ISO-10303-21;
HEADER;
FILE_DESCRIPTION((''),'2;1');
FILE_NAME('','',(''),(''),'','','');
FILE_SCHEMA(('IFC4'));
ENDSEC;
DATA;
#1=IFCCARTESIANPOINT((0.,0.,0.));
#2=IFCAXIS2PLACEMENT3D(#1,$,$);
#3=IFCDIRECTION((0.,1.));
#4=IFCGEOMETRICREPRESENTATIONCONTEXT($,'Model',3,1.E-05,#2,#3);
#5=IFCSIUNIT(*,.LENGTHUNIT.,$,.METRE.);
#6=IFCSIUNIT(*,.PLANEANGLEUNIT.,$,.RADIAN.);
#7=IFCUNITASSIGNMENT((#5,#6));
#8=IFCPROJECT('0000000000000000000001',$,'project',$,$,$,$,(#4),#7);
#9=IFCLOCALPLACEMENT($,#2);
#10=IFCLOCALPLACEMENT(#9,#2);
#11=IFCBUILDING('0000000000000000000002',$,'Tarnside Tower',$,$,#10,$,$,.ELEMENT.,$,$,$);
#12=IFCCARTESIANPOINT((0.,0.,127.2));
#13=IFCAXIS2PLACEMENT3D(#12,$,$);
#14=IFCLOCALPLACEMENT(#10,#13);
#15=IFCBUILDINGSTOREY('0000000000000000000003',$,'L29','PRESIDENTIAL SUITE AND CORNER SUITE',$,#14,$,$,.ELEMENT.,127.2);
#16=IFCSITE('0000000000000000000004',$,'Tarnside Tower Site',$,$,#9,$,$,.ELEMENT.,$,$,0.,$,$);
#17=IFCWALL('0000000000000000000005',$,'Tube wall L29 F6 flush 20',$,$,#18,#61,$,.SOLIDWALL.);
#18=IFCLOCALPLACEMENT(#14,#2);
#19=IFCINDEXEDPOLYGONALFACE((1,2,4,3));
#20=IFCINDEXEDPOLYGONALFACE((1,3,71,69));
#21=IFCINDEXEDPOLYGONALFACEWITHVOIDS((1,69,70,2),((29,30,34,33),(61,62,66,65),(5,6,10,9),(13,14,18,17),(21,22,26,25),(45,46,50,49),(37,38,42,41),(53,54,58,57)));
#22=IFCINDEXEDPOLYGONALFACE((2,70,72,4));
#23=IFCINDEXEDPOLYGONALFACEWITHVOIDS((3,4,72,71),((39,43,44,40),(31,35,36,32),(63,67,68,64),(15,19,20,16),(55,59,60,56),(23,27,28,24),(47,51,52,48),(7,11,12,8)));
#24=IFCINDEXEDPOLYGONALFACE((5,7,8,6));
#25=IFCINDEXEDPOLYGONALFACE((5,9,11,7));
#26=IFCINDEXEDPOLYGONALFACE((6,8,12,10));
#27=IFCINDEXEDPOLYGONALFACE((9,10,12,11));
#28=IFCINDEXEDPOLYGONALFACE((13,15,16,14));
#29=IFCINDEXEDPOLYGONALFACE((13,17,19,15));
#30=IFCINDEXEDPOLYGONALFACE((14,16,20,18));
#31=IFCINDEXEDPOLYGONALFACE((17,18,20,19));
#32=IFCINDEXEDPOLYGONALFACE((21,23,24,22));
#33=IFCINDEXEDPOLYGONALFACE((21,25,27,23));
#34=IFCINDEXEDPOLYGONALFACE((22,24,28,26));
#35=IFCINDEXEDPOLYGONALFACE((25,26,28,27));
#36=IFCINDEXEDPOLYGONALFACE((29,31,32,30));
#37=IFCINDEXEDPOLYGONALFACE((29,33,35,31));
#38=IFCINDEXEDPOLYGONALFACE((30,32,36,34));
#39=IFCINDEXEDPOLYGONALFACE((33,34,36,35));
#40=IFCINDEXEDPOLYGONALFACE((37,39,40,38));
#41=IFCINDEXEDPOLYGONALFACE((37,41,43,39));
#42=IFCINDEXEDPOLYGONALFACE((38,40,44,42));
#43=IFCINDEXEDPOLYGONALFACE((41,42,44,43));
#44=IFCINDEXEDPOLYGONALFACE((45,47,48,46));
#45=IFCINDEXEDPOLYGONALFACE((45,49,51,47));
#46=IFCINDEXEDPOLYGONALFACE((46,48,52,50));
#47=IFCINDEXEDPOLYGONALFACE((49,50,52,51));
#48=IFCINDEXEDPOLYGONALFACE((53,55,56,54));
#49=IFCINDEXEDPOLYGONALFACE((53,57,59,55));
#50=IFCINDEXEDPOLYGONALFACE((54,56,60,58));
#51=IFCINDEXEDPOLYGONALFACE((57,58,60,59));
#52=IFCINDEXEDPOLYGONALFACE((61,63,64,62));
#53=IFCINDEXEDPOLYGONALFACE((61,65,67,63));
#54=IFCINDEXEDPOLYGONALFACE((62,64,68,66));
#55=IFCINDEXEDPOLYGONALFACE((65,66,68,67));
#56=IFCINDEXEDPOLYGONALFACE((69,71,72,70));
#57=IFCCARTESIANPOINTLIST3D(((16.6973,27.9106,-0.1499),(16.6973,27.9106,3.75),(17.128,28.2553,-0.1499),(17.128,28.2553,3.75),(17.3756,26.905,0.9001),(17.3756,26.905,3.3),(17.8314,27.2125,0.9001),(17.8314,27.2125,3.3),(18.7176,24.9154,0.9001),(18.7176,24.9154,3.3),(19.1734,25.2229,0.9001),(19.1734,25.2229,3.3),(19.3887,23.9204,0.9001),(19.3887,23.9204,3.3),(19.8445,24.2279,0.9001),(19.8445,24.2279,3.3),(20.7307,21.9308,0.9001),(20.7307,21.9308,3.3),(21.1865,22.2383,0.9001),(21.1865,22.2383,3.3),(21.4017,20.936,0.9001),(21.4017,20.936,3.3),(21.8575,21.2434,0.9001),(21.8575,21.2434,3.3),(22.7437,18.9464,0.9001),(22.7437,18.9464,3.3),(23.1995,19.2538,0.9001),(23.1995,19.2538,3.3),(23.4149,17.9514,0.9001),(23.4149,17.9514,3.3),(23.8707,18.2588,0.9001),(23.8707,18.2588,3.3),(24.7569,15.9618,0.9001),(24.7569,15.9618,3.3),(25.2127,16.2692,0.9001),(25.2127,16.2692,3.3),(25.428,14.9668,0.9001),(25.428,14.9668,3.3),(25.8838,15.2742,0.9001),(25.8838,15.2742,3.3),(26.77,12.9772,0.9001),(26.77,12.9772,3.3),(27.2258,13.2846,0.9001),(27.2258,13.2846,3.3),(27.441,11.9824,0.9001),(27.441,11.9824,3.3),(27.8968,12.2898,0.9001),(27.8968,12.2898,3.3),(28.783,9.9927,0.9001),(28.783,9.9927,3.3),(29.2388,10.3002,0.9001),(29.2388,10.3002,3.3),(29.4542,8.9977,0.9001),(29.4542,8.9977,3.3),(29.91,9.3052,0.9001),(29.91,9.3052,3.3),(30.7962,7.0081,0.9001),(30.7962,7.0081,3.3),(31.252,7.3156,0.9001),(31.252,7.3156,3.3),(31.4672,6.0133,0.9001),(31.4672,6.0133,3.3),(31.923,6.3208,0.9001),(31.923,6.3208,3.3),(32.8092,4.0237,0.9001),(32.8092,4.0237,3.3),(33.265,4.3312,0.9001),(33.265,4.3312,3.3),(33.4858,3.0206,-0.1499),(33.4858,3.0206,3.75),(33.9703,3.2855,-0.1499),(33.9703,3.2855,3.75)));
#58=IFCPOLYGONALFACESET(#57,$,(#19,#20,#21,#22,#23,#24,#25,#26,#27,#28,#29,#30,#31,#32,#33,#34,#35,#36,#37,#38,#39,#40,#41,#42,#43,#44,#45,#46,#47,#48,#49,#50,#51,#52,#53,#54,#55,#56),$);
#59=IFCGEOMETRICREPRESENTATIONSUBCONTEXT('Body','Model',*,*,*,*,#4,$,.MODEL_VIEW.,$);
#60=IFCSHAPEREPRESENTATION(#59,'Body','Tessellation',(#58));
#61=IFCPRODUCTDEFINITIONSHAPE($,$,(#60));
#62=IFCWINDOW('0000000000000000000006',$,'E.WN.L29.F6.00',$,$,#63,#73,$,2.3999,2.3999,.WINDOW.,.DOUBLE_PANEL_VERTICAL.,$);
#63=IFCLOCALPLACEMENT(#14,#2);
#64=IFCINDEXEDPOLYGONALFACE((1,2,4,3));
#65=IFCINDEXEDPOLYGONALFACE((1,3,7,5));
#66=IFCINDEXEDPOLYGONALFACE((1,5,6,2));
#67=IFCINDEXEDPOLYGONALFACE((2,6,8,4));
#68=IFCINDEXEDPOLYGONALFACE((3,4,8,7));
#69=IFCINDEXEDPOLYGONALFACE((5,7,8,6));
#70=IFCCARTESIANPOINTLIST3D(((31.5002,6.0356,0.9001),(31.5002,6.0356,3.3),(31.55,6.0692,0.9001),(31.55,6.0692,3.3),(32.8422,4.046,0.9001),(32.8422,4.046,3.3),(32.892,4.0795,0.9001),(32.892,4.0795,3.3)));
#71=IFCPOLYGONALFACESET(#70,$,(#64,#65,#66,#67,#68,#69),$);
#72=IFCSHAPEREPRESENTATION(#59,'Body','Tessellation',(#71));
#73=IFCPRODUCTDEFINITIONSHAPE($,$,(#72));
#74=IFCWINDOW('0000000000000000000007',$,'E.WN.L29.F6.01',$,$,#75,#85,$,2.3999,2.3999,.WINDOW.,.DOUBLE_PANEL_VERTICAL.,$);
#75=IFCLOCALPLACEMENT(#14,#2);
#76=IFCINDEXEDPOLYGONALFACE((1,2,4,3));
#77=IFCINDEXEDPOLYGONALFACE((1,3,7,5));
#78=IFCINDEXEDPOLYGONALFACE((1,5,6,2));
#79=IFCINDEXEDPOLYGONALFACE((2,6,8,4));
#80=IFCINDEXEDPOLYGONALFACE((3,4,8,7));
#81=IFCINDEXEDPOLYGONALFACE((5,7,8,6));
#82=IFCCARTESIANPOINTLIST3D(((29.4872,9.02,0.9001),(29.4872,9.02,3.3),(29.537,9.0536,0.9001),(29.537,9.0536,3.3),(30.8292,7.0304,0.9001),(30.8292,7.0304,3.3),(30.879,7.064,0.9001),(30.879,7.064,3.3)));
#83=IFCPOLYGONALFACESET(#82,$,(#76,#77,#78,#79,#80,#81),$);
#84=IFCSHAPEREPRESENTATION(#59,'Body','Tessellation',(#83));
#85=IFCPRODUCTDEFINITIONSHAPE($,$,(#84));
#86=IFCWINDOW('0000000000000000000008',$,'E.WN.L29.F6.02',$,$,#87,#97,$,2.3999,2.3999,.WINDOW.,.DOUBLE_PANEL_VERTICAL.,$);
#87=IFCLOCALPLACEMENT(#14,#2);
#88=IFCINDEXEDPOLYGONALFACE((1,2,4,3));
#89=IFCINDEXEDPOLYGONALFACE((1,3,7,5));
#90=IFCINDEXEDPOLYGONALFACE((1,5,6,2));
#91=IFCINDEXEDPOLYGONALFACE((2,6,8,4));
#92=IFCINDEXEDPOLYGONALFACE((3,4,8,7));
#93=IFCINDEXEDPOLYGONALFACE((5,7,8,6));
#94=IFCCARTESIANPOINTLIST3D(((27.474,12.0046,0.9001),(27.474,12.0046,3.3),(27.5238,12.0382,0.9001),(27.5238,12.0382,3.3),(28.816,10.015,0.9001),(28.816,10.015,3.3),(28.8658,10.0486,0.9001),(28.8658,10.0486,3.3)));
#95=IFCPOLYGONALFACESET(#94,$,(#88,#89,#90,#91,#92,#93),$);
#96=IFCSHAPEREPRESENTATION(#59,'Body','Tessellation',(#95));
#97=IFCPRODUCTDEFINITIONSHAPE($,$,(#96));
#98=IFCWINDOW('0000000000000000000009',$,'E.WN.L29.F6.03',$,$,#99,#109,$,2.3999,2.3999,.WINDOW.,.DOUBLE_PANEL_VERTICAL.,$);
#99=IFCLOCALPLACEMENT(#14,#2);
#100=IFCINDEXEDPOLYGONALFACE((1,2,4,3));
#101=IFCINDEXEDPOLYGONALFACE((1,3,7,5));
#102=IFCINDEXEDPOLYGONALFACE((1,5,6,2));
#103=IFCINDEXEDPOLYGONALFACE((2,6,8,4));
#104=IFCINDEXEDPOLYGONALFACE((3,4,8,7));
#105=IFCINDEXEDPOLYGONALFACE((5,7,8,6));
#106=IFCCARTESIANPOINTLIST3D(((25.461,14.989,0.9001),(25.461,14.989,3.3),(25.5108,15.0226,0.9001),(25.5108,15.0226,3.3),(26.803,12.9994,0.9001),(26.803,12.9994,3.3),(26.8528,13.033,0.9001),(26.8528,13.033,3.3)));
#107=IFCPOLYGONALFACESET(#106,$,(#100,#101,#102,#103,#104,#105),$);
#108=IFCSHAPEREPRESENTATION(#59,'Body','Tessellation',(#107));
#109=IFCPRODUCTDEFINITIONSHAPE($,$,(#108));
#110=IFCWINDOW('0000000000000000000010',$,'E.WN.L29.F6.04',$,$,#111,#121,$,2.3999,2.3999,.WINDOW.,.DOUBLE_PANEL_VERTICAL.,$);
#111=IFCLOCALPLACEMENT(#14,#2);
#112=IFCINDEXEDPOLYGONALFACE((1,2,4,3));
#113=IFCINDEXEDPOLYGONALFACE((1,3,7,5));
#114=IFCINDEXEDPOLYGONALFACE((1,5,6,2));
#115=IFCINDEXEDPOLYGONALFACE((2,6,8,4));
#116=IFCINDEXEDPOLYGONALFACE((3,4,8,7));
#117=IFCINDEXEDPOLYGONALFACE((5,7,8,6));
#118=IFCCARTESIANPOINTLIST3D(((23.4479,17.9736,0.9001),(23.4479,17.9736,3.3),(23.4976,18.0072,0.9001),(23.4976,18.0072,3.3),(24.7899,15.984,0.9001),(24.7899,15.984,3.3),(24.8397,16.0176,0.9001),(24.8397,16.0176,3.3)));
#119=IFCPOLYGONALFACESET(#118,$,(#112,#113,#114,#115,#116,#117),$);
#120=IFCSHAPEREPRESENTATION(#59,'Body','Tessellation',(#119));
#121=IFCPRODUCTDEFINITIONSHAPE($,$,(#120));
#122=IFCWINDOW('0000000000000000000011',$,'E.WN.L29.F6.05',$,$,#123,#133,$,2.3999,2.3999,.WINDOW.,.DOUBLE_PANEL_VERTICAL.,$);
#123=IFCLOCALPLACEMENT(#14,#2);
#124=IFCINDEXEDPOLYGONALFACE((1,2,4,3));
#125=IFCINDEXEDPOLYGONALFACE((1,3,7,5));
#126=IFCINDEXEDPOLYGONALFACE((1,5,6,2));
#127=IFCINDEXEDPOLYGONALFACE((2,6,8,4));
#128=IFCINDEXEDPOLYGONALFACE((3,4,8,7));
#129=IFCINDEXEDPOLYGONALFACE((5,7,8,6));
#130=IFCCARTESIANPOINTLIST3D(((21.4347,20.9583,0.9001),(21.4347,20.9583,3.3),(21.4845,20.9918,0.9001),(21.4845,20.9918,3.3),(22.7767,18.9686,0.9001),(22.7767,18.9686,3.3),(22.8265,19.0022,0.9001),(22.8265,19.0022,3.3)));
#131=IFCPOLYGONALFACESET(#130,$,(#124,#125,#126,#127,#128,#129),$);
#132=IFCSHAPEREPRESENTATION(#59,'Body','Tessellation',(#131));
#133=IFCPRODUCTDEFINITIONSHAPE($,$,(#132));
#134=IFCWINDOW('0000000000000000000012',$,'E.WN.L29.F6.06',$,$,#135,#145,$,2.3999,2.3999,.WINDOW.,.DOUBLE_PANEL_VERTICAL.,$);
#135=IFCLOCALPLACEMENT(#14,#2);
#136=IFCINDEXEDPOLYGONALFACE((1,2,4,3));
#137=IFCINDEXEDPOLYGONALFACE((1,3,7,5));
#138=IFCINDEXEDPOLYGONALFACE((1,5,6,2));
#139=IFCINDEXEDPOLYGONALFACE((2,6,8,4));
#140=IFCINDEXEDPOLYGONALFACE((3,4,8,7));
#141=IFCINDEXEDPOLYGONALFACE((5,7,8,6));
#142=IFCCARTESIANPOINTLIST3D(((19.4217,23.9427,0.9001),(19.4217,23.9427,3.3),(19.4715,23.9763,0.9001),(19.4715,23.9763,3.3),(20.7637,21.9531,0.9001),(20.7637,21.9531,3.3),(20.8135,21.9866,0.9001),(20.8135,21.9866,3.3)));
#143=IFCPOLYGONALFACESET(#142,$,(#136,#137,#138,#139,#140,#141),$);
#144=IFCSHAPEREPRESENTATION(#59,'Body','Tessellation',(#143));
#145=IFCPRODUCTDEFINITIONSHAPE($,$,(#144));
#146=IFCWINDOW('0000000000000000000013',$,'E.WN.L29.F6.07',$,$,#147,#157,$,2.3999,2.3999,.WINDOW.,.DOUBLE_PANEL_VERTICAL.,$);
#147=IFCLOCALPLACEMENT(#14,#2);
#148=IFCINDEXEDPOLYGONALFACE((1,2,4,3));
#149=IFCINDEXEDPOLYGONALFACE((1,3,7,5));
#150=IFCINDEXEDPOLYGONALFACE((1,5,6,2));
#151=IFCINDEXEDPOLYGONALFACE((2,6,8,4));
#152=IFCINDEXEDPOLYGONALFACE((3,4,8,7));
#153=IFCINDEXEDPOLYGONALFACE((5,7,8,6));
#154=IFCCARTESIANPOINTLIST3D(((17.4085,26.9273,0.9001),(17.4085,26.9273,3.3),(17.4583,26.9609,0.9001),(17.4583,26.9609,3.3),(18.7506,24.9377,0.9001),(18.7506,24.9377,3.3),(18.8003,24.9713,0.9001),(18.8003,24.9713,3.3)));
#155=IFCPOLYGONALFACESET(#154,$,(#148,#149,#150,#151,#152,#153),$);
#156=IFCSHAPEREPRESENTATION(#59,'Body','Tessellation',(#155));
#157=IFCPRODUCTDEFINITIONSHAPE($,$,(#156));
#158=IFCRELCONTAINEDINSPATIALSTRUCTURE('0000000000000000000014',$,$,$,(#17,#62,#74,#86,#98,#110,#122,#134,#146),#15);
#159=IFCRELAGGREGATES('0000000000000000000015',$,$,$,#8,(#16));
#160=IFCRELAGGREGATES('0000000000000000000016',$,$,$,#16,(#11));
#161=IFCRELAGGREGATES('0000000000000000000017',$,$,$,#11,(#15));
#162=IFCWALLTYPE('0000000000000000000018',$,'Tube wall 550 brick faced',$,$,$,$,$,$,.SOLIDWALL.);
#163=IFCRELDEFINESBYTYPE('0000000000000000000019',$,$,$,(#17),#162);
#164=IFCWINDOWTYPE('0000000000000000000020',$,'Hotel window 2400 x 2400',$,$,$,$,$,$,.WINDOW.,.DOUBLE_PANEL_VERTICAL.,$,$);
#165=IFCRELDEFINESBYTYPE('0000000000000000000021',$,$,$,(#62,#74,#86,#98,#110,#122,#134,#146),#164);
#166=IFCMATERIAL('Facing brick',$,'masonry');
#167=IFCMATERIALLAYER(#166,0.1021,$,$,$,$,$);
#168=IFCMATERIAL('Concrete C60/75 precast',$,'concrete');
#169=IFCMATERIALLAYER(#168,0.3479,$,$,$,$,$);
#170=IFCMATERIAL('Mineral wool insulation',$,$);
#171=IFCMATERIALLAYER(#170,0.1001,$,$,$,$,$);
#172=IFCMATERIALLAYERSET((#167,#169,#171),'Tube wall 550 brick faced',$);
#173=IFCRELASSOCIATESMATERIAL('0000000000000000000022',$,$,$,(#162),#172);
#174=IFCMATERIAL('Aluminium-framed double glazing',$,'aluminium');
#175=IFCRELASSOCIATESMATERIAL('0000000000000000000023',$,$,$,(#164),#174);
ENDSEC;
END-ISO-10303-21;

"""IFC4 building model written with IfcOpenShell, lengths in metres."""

from ifc_helpers import new_model, si_unit, direction, frame, frame_2d, origin, place, context, subcontext, project, spatial, polyline, rectangle, outline, extrude, material, layer, layer_set, type_object, element, fill, save


model = new_model("IFC4")

# Units and contexts
model_context = context("Model", 3, precision=1e-05, world=origin(), true_north=direction((0.0, 1.0)))
body_context = subcontext(model_context, "Body", "Model", "MODEL_VIEW")
ifc_project = project(units=[si_unit("LENGTHUNIT", "METRE"), si_unit("PLANEANGLEUNIT", "RADIAN")], contexts=[model_context])

# Site, building, storey
site_placement = place(None, origin())
site = spatial("IfcSite", under=ifc_project, at=site_placement, Name="Tarnside Tower Site", CompositionType="ELEMENT", RefElevation=0.0)
building_placement = place(site_placement, origin())
building = spatial("IfcBuilding", under=site, at=building_placement, Name="Tarnside Tower", CompositionType="ELEMENT")
storey_placement = place(building_placement, frame((0.0, 0.0, 127.2)))
storey = spatial("IfcBuildingStorey", under=building, at=storey_placement, Name="L29", Description="PRESIDENTIAL SUITE AND CORNER SUITE", CompositionType="ELEMENT", Elevation=127.2)

# Shared definitions
ifc_material_1 = material(Name="Facing brick", Category="masonry")
ifc_layer_1 = layer(ifc_material_1, 0.1021)
ifc_material_2 = material(Name="Concrete C60/75 precast", Category="concrete")
ifc_layer_2 = layer(ifc_material_2, 0.3479)
ifc_material_3 = material(Name="Mineral wool insulation")
ifc_layer_3 = layer(ifc_material_3, 0.1001)
ifc_layer_set_1 = layer_set([ifc_layer_1, ifc_layer_2, ifc_layer_3], Name="Tube wall 550 brick faced")
wall_type_1 = type_object("IfcWallType", Name="Tube wall 550 brick faced", PredefinedType="SOLIDWALL", material=ifc_layer_set_1)

# Wall, openings, windows
wall_1_placement = place(storey_placement, frame((33.728, 3.1531, -0.1499), z_axis=(0.0, 0.0, 1.0), x_axis=(-0.559192, 0.829038, 0.0)))
wall_1 = element("IfcWall", 1, at=wall_1_placement, inside=storey, type_object=wall_type_1, Name="Tube wall L29 F6 flush 20", PredefinedType="SOLIDWALL", context=body_context, shape_type="SweptSolid", body=[
    extrude(outline(polyline([(-0.0256, -0.2749), (30.0933, -0.2749), (30.0483, 0.2749), (0.0256, 0.2749), (-0.0256, -0.2749)])), origin(), (0.0, 0.0, 1.0), 3.8999),
])
opening_1_placement = place(wall_1_placement, frame((1.2356, 0.0, 1.05)))
opening_1 = element("IfcOpeningElement", 2, at=opening_1_placement, cuts=wall_1, PredefinedType="OPENING", context=body_context, shape_type="SweptSolid", body=[
    extrude(rectangle(XDim=2.3999, YDim=2.3999, at=frame_2d((1.2, 1.2))), frame((0.0, 0.2852, 0.0), z_axis=(0.0, -1.0, 0.0), x_axis=(1.0, 0.0, 0.0)), (0.0, 0.0, 1.0), 0.5701),
])
opening_2_placement = place(wall_1_placement, frame((4.8354, 0.0, 1.05)))
opening_2 = element("IfcOpeningElement", 3, at=opening_2_placement, cuts=wall_1, PredefinedType="OPENING", context=body_context, shape_type="SweptSolid", body=[
    extrude(rectangle(XDim=2.3999, YDim=2.3999, at=frame_2d((1.2, 1.2))), frame((0.0, 0.2852, 0.0), z_axis=(0.0, -1.0, 0.0), x_axis=(1.0, 0.0, 0.0)), (0.0, 0.0, 1.0), 0.5701),
])
opening_3_placement = place(wall_1_placement, frame((8.4355, 0.0, 1.05)))
opening_3 = element("IfcOpeningElement", 4, at=opening_3_placement, cuts=wall_1, PredefinedType="OPENING", context=body_context, shape_type="SweptSolid", body=[
    extrude(rectangle(XDim=2.3999, YDim=2.3999, at=frame_2d((1.2, 1.2))), frame((0.0, 0.2852, 0.0), z_axis=(0.0, -1.0, 0.0), x_axis=(1.0, 0.0, 0.0)), (0.0, 0.0, 1.0), 0.5701),
])
opening_4_placement = place(wall_1_placement, frame((12.0354, 0.0, 1.05)))
opening_4 = element("IfcOpeningElement", 5, at=opening_4_placement, cuts=wall_1, PredefinedType="OPENING", context=body_context, shape_type="SweptSolid", body=[
    extrude(rectangle(XDim=2.3999, YDim=2.3999, at=frame_2d((1.2, 1.2))), frame((0.0, 0.2852, 0.0), z_axis=(0.0, -1.0, 0.0), x_axis=(1.0, 0.0, 0.0)), (0.0, 0.0, 1.0), 0.5701),
])
opening_5_placement = place(wall_1_placement, frame((15.6355, 0.0, 1.05)))
opening_5 = element("IfcOpeningElement", 6, at=opening_5_placement, cuts=wall_1, PredefinedType="OPENING", context=body_context, shape_type="SweptSolid", body=[
    extrude(rectangle(XDim=2.3999, YDim=2.3999, at=frame_2d((1.2, 1.2))), frame((0.0, 0.2852, 0.0), z_axis=(0.0, -1.0, 0.0), x_axis=(1.0, 0.0, 0.0)), (0.0, 0.0, 1.0), 0.5701),
])
opening_6_placement = place(wall_1_placement, frame((19.2356, 0.0, 1.05)))
opening_6 = element("IfcOpeningElement", 7, at=opening_6_placement, cuts=wall_1, PredefinedType="OPENING", context=body_context, shape_type="SweptSolid", body=[
    extrude(rectangle(XDim=2.3999, YDim=2.3999, at=frame_2d((1.2, 1.2))), frame((0.0, 0.2852, 0.0), z_axis=(0.0, -1.0, 0.0), x_axis=(1.0, 0.0, 0.0)), (0.0, 0.0, 1.0), 0.5701),
])
opening_7_placement = place(wall_1_placement, frame((22.8354, 0.0, 1.05)))
opening_7 = element("IfcOpeningElement", 8, at=opening_7_placement, cuts=wall_1, PredefinedType="OPENING", context=body_context, shape_type="SweptSolid", body=[
    extrude(rectangle(XDim=2.3999, YDim=2.3999, at=frame_2d((1.2, 1.2))), frame((0.0, 0.2852, 0.0), z_axis=(0.0, -1.0, 0.0), x_axis=(1.0, 0.0, 0.0)), (0.0, 0.0, 1.0), 0.5701),
])
opening_8_placement = place(wall_1_placement, frame((26.4355, 0.0, 1.05)))
opening_8 = element("IfcOpeningElement", 9, at=opening_8_placement, cuts=wall_1, PredefinedType="OPENING", context=body_context, shape_type="SweptSolid", body=[
    extrude(rectangle(XDim=2.3999, YDim=2.3999, at=frame_2d((1.2, 1.2))), frame((0.0, 0.2852, 0.0), z_axis=(0.0, -1.0, 0.0), x_axis=(1.0, 0.0, 0.0)), (0.0, 0.0, 1.0), 0.5701),
])
ifc_material_4 = material(Name="Aluminium-framed double glazing", Category="aluminium")
window_type = type_object("IfcWindowType", Name="Hotel window 2400 x 2400", PartitioningType="DOUBLE_PANEL_VERTICAL", PredefinedType="WINDOW", material=ifc_material_4)
window_1_placement = place(opening_1_placement, frame((0.0, 0.2051, 0.0)))
window_1 = element("IfcWindow", 10, at=window_1_placement, inside=storey, type_object=window_type, Name="E.WN.L29.F6.00", OverallHeight=2.3999, OverallWidth=2.3999, PartitioningType="DOUBLE_PANEL_VERTICAL", PredefinedType="WINDOW", context=body_context, shape_type="SweptSolid", body=[
    extrude(rectangle(XDim=2.3999, YDim=2.3999, at=frame_2d((1.2, 1.2))), frame((0.0, 0.03, 0.0), z_axis=(0.0, -1.0, 0.0), x_axis=(1.0, 0.0, 0.0)), (0.0, 0.0, 1.0), 0.0601),
])
fill(opening_1, window_1)
window_2_placement = place(opening_2_placement, frame((0.0, 0.2051, 0.0)))
window_2 = element("IfcWindow", 11, at=window_2_placement, inside=storey, type_object=window_type, Name="E.WN.L29.F6.01", OverallHeight=2.3999, OverallWidth=2.3999, PartitioningType="DOUBLE_PANEL_VERTICAL", PredefinedType="WINDOW", context=body_context, shape_type="SweptSolid", body=[
    extrude(rectangle(XDim=2.3999, YDim=2.3999, at=frame_2d((1.2, 1.2))), frame((0.0, 0.03, 0.0), z_axis=(0.0, -1.0, 0.0), x_axis=(1.0, 0.0, 0.0)), (0.0, 0.0, 1.0), 0.0601),
])
fill(opening_2, window_2)
window_3_placement = place(opening_3_placement, frame((0.0, 0.2051, 0.0)))
window_3 = element("IfcWindow", 12, at=window_3_placement, inside=storey, type_object=window_type, Name="E.WN.L29.F6.02", OverallHeight=2.3999, OverallWidth=2.3999, PartitioningType="DOUBLE_PANEL_VERTICAL", PredefinedType="WINDOW", context=body_context, shape_type="SweptSolid", body=[
    extrude(rectangle(XDim=2.3999, YDim=2.3999, at=frame_2d((1.2, 1.2))), frame((0.0, 0.03, 0.0), z_axis=(0.0, -1.0, 0.0), x_axis=(1.0, 0.0, 0.0)), (0.0, 0.0, 1.0), 0.0601),
])
fill(opening_3, window_3)
window_4_placement = place(opening_4_placement, frame((0.0, 0.2051, 0.0)))
window_4 = element("IfcWindow", 13, at=window_4_placement, inside=storey, type_object=window_type, Name="E.WN.L29.F6.03", OverallHeight=2.3999, OverallWidth=2.3999, PartitioningType="DOUBLE_PANEL_VERTICAL", PredefinedType="WINDOW", context=body_context, shape_type="SweptSolid", body=[
    extrude(rectangle(XDim=2.3999, YDim=2.3999, at=frame_2d((1.2, 1.2))), frame((0.0, 0.03, 0.0), z_axis=(0.0, -1.0, 0.0), x_axis=(1.0, 0.0, 0.0)), (0.0, 0.0, 1.0), 0.0601),
])
fill(opening_4, window_4)
window_5_placement = place(opening_5_placement, frame((0.0, 0.2051, 0.0)))
window_5 = element("IfcWindow", 14, at=window_5_placement, inside=storey, type_object=window_type, Name="E.WN.L29.F6.04", OverallHeight=2.3999, OverallWidth=2.3999, PartitioningType="DOUBLE_PANEL_VERTICAL", PredefinedType="WINDOW", context=body_context, shape_type="SweptSolid", body=[
    extrude(rectangle(XDim=2.3999, YDim=2.3999, at=frame_2d((1.2, 1.2))), frame((0.0, 0.03, 0.0), z_axis=(0.0, -1.0, 0.0), x_axis=(1.0, 0.0, 0.0)), (0.0, 0.0, 1.0), 0.0601),
])
fill(opening_5, window_5)
window_6_placement = place(opening_6_placement, frame((0.0, 0.2051, 0.0)))
window_6 = element("IfcWindow", 15, at=window_6_placement, inside=storey, type_object=window_type, Name="E.WN.L29.F6.05", OverallHeight=2.3999, OverallWidth=2.3999, PartitioningType="DOUBLE_PANEL_VERTICAL", PredefinedType="WINDOW", context=body_context, shape_type="SweptSolid", body=[
    extrude(rectangle(XDim=2.3999, YDim=2.3999, at=frame_2d((1.2, 1.2))), frame((0.0, 0.03, 0.0), z_axis=(0.0, -1.0, 0.0), x_axis=(1.0, 0.0, 0.0)), (0.0, 0.0, 1.0), 0.0601),
])
fill(opening_6, window_6)
window_7_placement = place(opening_7_placement, frame((0.0, 0.2051, 0.0)))
window_7 = element("IfcWindow", 16, at=window_7_placement, inside=storey, type_object=window_type, Name="E.WN.L29.F6.06", OverallHeight=2.3999, OverallWidth=2.3999, PartitioningType="DOUBLE_PANEL_VERTICAL", PredefinedType="WINDOW", context=body_context, shape_type="SweptSolid", body=[
    extrude(rectangle(XDim=2.3999, YDim=2.3999, at=frame_2d((1.2, 1.2))), frame((0.0, 0.03, 0.0), z_axis=(0.0, -1.0, 0.0), x_axis=(1.0, 0.0, 0.0)), (0.0, 0.0, 1.0), 0.0601),
])
fill(opening_7, window_7)
window_8_placement = place(opening_8_placement, frame((0.0, 0.2051, 0.0)))
window_8 = element("IfcWindow", 17, at=window_8_placement, inside=storey, type_object=window_type, Name="E.WN.L29.F6.07", OverallHeight=2.3999, OverallWidth=2.3999, PartitioningType="DOUBLE_PANEL_VERTICAL", PredefinedType="WINDOW", context=body_context, shape_type="SweptSolid", body=[
    extrude(rectangle(XDim=2.3999, YDim=2.3999, at=frame_2d((1.2, 1.2))), frame((0.0, 0.03, 0.0), z_axis=(0.0, -1.0, 0.0), x_axis=(1.0, 0.0, 0.0)), (0.0, 0.0, 1.0), 0.0601),
])
fill(opening_8, window_8)

save(model, "model.ifc")
